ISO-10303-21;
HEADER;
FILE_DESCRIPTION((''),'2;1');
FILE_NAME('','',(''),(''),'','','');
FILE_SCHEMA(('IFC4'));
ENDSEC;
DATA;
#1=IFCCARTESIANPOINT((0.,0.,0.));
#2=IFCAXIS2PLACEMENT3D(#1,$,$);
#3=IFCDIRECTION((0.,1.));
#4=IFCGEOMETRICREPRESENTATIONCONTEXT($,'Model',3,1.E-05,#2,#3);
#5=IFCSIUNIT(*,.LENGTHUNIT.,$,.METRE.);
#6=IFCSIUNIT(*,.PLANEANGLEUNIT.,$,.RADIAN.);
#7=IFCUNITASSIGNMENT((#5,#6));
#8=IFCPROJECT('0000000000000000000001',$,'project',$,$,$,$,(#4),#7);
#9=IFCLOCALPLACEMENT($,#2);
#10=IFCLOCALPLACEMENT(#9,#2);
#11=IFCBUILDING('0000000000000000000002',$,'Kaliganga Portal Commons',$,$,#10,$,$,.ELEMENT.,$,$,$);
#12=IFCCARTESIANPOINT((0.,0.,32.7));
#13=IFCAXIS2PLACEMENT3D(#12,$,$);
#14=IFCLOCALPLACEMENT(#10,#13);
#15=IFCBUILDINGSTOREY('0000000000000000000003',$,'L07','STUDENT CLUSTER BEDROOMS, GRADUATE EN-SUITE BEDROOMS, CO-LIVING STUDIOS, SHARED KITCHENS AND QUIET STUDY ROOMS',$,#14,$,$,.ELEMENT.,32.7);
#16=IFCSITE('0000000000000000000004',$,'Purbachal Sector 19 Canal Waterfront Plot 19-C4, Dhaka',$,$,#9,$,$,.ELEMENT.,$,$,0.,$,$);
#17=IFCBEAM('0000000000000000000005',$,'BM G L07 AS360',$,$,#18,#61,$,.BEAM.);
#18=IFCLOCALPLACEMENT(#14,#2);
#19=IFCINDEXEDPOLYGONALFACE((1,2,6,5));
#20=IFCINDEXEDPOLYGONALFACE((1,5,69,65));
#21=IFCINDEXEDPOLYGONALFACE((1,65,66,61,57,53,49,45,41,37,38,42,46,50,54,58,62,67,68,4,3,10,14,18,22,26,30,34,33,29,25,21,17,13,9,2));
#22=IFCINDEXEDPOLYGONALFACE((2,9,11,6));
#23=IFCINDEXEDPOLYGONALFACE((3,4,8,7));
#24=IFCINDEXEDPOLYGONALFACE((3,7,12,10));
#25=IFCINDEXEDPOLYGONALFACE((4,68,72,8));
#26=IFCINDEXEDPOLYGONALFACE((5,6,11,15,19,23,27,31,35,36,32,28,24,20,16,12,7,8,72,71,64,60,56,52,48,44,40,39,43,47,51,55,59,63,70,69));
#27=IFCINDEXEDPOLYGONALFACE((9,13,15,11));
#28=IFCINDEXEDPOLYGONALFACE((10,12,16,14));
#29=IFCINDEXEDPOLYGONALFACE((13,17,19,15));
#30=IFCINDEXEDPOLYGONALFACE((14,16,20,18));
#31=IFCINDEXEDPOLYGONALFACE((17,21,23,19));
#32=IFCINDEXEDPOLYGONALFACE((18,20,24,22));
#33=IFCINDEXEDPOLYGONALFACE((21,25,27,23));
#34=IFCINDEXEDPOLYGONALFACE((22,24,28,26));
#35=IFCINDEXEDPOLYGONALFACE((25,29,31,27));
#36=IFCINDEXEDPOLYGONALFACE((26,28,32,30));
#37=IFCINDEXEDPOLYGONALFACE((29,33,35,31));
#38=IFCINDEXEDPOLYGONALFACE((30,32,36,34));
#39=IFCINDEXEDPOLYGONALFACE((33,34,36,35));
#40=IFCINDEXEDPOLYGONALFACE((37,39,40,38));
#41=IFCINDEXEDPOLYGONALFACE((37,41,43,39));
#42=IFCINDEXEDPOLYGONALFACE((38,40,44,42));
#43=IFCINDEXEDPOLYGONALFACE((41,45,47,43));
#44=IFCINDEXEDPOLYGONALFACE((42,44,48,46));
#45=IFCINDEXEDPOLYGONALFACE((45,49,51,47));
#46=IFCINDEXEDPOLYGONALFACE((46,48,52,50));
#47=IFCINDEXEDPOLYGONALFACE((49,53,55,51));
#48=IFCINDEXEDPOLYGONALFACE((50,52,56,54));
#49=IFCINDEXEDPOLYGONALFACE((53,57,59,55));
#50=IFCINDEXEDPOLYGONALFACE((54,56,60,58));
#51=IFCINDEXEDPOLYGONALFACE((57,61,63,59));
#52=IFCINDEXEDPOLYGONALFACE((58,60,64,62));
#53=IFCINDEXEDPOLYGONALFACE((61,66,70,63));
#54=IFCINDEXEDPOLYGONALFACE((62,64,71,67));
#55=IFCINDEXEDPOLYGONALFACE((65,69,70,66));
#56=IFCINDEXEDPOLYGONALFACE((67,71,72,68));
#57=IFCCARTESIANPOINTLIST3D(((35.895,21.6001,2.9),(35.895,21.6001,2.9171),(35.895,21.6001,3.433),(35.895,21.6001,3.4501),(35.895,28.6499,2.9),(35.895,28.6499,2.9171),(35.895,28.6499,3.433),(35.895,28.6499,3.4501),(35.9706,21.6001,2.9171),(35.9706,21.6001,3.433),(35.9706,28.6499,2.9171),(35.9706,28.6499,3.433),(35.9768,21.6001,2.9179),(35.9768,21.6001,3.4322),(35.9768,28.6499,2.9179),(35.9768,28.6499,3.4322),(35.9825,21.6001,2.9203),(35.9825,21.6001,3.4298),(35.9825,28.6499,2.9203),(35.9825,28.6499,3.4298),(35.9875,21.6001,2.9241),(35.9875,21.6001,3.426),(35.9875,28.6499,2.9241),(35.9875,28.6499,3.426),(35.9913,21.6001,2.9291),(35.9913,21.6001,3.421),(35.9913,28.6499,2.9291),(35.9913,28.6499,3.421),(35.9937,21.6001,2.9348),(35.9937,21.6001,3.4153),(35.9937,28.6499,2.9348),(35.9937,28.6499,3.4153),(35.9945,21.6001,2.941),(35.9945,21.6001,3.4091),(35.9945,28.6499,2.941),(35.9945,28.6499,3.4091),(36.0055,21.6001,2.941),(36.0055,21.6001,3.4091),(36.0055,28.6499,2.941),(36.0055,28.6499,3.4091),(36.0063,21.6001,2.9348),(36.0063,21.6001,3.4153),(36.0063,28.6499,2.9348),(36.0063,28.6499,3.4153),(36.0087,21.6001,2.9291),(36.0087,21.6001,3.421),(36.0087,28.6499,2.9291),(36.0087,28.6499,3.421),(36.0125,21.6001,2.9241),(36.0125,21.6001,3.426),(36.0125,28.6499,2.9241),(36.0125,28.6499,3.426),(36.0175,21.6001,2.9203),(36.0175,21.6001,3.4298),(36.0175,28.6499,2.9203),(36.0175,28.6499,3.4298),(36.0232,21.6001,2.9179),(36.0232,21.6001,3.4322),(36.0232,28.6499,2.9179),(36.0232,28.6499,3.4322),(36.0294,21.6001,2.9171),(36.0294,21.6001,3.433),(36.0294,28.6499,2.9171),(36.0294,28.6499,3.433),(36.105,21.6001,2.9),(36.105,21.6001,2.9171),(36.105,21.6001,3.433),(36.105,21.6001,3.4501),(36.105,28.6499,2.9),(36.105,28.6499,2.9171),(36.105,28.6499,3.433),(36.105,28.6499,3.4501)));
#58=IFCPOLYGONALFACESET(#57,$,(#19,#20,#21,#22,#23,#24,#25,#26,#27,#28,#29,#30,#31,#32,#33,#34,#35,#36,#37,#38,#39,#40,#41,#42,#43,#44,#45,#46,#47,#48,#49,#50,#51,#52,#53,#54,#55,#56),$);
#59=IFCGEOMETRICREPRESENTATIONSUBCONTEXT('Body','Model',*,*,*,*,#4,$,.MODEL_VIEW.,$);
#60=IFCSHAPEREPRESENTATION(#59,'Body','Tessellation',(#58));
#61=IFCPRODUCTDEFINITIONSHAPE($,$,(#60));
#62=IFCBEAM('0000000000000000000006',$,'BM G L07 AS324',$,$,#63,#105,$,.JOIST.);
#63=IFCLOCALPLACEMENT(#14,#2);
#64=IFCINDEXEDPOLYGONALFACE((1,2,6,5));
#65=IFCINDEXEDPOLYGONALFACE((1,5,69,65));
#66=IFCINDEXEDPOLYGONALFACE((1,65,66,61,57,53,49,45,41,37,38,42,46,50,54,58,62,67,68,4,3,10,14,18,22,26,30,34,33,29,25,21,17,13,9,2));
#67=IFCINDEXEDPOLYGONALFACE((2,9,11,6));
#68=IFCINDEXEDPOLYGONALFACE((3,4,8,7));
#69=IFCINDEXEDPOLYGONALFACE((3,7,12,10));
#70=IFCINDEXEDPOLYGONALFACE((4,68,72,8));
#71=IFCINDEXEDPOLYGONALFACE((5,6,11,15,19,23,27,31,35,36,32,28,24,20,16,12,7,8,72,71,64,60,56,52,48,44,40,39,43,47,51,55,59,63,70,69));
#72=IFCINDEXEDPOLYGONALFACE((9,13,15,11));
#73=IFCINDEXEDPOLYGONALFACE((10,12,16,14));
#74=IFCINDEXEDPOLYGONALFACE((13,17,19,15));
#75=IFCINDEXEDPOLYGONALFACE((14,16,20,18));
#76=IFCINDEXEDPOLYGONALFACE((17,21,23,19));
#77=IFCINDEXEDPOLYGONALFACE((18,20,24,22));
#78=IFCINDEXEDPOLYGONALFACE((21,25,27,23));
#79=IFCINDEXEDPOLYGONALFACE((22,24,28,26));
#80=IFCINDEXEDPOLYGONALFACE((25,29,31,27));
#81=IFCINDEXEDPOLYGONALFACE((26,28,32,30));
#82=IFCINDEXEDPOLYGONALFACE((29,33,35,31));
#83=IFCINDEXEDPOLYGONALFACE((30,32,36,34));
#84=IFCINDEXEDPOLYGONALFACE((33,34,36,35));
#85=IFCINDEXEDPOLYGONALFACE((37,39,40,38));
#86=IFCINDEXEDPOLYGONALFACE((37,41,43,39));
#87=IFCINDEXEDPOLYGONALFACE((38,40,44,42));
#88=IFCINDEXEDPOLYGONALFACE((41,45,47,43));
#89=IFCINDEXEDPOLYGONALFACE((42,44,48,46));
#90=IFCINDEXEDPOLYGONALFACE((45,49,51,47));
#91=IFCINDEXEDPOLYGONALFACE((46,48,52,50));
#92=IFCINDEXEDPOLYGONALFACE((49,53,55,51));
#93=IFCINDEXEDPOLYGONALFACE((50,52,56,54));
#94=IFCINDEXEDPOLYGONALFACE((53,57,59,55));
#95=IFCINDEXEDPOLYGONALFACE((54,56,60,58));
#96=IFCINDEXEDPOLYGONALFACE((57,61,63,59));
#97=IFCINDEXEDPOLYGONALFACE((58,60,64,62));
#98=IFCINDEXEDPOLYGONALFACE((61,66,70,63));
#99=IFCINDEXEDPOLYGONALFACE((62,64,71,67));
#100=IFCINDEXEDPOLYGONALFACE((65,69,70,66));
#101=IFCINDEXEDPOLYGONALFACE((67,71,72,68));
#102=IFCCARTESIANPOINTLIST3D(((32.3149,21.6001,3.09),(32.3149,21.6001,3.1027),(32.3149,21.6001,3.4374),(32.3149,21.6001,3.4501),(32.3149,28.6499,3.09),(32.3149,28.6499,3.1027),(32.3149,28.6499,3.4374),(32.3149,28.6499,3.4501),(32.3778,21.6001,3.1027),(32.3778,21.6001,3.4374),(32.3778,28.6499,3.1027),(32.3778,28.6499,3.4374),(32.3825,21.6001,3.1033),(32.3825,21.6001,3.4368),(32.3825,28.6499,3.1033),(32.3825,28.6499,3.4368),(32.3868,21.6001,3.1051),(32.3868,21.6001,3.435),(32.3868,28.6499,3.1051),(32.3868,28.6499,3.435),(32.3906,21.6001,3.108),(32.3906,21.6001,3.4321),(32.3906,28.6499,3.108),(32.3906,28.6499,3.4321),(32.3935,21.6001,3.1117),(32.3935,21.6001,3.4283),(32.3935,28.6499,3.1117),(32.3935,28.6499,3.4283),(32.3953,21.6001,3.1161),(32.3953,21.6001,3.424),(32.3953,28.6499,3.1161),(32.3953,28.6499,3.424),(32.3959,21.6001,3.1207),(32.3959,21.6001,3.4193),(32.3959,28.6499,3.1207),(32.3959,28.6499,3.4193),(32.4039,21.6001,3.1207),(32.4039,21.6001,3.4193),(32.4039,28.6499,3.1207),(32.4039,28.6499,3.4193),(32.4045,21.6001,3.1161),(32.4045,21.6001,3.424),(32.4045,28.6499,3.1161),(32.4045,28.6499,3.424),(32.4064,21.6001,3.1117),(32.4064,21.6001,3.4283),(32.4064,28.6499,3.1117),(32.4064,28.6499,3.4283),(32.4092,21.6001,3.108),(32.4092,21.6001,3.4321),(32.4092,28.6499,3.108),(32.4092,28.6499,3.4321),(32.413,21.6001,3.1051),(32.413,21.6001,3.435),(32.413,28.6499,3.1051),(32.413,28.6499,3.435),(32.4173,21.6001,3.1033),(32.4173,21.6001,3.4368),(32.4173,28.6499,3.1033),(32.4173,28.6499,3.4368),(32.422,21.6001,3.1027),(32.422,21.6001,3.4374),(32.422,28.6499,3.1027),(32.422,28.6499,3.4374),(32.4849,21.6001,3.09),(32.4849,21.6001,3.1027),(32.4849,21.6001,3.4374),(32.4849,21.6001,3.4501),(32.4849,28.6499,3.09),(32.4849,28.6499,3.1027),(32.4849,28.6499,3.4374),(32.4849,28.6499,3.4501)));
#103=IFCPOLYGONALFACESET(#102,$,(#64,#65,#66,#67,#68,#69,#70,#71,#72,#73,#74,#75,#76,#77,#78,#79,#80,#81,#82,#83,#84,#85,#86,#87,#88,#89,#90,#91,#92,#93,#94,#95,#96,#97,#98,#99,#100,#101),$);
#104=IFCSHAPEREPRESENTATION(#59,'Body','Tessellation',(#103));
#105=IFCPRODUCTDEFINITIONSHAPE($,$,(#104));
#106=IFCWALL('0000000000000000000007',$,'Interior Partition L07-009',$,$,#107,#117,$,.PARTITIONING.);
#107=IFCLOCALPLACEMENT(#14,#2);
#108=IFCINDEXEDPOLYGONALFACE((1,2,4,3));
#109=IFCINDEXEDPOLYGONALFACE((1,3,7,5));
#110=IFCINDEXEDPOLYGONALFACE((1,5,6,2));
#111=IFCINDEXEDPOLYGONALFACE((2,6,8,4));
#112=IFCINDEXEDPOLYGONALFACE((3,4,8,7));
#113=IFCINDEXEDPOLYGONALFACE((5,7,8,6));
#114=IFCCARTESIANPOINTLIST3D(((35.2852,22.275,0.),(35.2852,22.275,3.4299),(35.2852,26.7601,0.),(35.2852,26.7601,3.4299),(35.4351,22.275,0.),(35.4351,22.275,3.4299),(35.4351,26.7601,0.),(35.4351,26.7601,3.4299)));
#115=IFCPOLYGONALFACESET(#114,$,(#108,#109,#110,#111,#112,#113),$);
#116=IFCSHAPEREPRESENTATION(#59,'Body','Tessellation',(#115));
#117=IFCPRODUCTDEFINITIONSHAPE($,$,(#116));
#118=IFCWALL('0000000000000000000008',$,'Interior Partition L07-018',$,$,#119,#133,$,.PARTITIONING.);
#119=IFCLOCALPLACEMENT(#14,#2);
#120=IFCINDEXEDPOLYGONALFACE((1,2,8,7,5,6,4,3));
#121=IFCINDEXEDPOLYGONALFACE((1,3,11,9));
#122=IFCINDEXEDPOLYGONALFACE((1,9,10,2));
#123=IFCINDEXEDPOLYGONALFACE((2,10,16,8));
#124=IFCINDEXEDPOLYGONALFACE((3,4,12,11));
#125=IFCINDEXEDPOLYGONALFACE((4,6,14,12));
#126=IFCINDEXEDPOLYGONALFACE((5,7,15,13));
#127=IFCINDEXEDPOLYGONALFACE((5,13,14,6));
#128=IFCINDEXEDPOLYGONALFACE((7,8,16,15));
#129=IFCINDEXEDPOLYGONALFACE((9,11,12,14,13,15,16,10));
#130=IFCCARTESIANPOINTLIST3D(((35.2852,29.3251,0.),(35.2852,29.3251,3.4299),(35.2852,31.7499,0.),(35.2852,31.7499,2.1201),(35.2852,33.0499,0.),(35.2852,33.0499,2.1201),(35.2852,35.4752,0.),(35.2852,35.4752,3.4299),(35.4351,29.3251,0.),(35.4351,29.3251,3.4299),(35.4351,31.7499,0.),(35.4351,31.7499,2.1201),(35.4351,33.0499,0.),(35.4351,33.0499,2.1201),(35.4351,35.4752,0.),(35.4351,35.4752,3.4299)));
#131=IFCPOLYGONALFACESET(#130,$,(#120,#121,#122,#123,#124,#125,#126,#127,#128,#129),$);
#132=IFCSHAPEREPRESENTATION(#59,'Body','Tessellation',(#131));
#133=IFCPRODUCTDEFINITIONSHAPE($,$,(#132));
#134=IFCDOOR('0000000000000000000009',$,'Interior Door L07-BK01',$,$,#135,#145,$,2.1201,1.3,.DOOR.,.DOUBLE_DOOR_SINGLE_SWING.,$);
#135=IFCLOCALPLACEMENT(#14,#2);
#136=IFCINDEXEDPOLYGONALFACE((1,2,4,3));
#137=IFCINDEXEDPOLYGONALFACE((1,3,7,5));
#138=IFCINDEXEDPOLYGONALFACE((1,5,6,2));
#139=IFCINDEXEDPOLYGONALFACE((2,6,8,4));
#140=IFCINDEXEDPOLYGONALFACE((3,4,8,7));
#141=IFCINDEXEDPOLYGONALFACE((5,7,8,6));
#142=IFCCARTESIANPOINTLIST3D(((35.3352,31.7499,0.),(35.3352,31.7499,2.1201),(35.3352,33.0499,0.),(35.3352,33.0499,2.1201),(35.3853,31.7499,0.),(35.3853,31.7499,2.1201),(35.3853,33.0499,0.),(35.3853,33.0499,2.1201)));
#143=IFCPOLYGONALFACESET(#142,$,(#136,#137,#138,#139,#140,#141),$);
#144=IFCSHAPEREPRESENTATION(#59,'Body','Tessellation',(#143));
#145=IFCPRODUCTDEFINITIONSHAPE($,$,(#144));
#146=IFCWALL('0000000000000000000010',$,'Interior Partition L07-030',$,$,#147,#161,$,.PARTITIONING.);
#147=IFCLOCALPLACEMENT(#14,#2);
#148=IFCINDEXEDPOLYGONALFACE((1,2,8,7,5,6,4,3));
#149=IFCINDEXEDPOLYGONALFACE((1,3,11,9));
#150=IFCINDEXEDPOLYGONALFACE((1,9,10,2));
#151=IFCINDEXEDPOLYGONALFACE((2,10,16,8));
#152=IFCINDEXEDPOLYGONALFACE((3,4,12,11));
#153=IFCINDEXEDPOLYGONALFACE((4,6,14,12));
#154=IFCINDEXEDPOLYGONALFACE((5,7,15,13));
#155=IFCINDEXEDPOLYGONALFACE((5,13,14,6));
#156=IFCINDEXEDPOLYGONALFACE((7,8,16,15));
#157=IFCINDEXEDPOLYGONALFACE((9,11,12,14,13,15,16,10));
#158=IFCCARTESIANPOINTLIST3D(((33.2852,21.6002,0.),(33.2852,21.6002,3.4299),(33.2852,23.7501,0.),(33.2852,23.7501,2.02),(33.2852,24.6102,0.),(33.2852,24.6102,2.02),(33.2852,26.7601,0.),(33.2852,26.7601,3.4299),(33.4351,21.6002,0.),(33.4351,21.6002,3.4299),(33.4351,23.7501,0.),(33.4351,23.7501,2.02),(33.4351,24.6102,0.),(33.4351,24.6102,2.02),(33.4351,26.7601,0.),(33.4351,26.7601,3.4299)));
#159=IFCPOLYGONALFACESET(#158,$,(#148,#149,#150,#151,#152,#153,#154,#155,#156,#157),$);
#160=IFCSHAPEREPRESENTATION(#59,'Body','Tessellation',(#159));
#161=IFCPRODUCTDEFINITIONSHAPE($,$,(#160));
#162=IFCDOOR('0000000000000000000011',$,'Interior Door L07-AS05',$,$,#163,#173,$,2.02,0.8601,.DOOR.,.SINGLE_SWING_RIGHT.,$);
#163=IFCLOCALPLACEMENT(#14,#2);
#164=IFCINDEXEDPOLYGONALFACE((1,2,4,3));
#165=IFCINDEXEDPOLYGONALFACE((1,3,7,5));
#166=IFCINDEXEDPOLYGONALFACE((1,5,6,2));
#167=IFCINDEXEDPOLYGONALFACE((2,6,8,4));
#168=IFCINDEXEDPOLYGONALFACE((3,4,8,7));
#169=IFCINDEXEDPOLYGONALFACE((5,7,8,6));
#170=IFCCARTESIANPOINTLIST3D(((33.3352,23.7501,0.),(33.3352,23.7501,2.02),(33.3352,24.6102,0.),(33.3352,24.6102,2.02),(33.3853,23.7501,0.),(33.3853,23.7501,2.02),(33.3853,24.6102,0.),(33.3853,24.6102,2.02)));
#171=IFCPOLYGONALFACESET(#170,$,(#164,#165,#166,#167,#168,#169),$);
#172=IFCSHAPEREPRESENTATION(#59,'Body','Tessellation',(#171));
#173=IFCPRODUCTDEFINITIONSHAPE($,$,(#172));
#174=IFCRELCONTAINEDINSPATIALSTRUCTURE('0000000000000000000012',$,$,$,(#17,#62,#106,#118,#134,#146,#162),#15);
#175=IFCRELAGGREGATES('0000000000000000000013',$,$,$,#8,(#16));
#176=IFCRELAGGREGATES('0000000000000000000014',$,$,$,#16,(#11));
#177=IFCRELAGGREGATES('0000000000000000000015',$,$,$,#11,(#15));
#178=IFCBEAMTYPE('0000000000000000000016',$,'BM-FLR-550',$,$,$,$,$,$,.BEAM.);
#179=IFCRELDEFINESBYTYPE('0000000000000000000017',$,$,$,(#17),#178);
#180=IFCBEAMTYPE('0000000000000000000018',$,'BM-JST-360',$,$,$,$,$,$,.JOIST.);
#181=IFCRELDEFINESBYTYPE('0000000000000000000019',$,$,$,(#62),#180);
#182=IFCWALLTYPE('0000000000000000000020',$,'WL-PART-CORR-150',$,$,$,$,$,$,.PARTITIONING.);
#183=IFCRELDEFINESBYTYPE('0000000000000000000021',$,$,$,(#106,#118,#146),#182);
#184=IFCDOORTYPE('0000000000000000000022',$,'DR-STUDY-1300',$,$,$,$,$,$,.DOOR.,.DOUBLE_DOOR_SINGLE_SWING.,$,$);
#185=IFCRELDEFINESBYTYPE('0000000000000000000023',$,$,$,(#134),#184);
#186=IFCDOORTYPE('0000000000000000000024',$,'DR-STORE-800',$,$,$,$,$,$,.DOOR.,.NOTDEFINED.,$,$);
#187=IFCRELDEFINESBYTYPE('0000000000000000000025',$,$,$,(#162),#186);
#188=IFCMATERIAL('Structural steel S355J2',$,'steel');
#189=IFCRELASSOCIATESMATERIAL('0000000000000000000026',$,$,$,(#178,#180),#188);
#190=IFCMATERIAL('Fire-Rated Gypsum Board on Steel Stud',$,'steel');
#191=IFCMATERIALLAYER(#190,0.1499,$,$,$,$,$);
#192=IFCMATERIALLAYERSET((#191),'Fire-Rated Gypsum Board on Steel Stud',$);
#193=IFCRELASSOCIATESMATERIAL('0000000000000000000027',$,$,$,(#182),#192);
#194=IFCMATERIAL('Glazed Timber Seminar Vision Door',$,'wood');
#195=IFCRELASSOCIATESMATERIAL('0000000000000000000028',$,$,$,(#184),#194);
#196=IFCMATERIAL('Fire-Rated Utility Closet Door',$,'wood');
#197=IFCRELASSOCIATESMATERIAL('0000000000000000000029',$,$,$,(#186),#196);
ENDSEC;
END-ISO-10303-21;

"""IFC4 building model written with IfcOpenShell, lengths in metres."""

from ifc_helpers import new_model, si_unit, direction, frame, frame_2d, origin, origin_2d, place, context, subcontext, project, spatial, rectangle, i_section, extrude, source, transform, mapped, material, layer, layer_set, material_profile, profile_set, type_object, element, fill, save


model = new_model("IFC4")

# Units and contexts
model_context = context("Model", 3, precision=1e-05, world=origin(), true_north=direction((0.0, 1.0)))
body_context = subcontext(model_context, "Body", "Model", "MODEL_VIEW")
ifc_project = project(units=[si_unit("LENGTHUNIT", "METRE"), si_unit("PLANEANGLEUNIT", "RADIAN")], contexts=[model_context])

# Site, building, storey
site_placement = place(None, origin())
site = spatial("IfcSite", under=ifc_project, at=site_placement, Name="Purbachal Sector 19 Canal Waterfront Plot 19-C4, Dhaka", CompositionType="ELEMENT", RefElevation=0.0)
building_placement = place(site_placement, origin())
building = spatial("IfcBuilding", under=site, at=building_placement, Name="Kaliganga Portal Commons", CompositionType="ELEMENT")
storey_placement = place(building_placement, frame((0.0, 0.0, 32.7)))
storey = spatial("IfcBuildingStorey", under=building, at=storey_placement, Name="L07", Description="STUDENT CLUSTER BEDROOMS, GRADUATE EN-SUITE BEDROOMS, CO-LIVING STUDIOS, SHARED KITCHENS AND QUIET STUDY ROOMS", CompositionType="ELEMENT", Elevation=32.7)

# Beams
ifc_material_1 = material(Name="Structural steel S355J2", Category="steel")
ifc_material_profile_1 = material_profile(ifc_material_1, i_section(OverallWidth=0.21, OverallDepth=0.55, WebThickness=0.011, FlangeThickness=0.0171, FilletRadius=0.0239, at=origin_2d()), Name="IPE 550")
ifc_profile_set_1 = profile_set([ifc_material_profile_1], Name="Structural steel S355J2 wide-flange")
beam_type_1 = type_object("IfcBeamType", Name="BM-FLR-550", PredefinedType="BEAM", material=ifc_profile_set_1)
shared_shape_1 = source(origin(), body_context, "Body", "SweptSolid", [
    extrude(i_section(OverallWidth=0.21, OverallDepth=0.55, WebThickness=0.011, FlangeThickness=0.0171, FilletRadius=0.0239, at=origin_2d()), origin(), (0.0, 0.0, 1.0), 7.0498),
])
beam_1_placement = place(storey_placement, frame((36.0, 21.6001, 3.175), z_axis=(0.0, 1.0, 0.0), x_axis=(-1.0, 0.0, 0.0)))
element("IfcBeam", 1, at=beam_1_placement, inside=storey, type_object=beam_type_1, Name="BM G L07 AS360", PredefinedType="BEAM", context=body_context, shape_type="MappedRepresentation", body=[
    mapped(shared_shape_1, transform((0.0, 0.0, 0.0), x_axis=(1.0, 0.0, 0.0), y_axis=(0.0, 1.0, 0.0), z_axis=(0.0, 0.0, 1.0), scale=1.0)),
])
ifc_material_profile_2 = material_profile(ifc_material_1, i_section(OverallWidth=0.1699, OverallDepth=0.3601, WebThickness=0.0081, FlangeThickness=0.0127, FilletRadius=0.0181, at=origin_2d()), Name="IPE 360")
ifc_profile_set_2 = profile_set([ifc_material_profile_2], Name="Structural steel S355J2 wide-flange")
beam_type_2 = type_object("IfcBeamType", Name="BM-JST-360", PredefinedType="JOIST", material=ifc_profile_set_2)
shared_shape_2 = source(origin(), body_context, "Body", "SweptSolid", [
    extrude(i_section(OverallWidth=0.1699, OverallDepth=0.3601, WebThickness=0.0081, FlangeThickness=0.0127, FilletRadius=0.0181, at=origin_2d()), origin(), (0.0, 0.0, 1.0), 7.0498),
])
beam_2_placement = place(storey_placement, frame((32.3999, 21.6001, 3.27), z_axis=(0.0, 1.0, 0.0), x_axis=(-1.0, 0.0, 0.0)))
element("IfcBeam", 2, at=beam_2_placement, inside=storey, type_object=beam_type_2, Name="BM G L07 AS324", PredefinedType="JOIST", context=body_context, shape_type="MappedRepresentation", body=[
    mapped(shared_shape_2, transform((0.0, 0.0, 0.0), x_axis=(1.0, 0.0, 0.0), y_axis=(0.0, 1.0, 0.0), z_axis=(0.0, 0.0, 1.0), scale=1.0)),
])

# Wall
ifc_material_2 = material(Name="Fire-Rated Gypsum Board on Steel Stud", Category="steel")
ifc_layer_1 = layer(ifc_material_2, 0.1499)
ifc_layer_set_1 = layer_set([ifc_layer_1], Name="Fire-Rated Gypsum Board on Steel Stud")
wall_type_1 = type_object("IfcWallType", Name="WL-PART-CORR-150", PredefinedType="PARTITIONING", material=ifc_layer_set_1)
wall_1_placement = place(storey_placement, frame((35.3601, 22.2749, 0.0), z_axis=(0.0, 0.0, 1.0), x_axis=(0.0, 1.0, 0.0)))
element("IfcWall", 3, at=wall_1_placement, inside=storey, type_object=wall_type_1, Name="Interior Partition L07-009", PredefinedType="PARTITIONING", context=body_context, shape_type="SweptSolid", body=[
    extrude(rectangle(XDim=4.4851, YDim=0.1499, at=frame_2d((2.2427, 0.0))), origin(), (0.0, 0.0, 1.0), 3.4299),
])

# Walls, openings, doors
wall_2_placement = place(storey_placement, frame((35.3601, 29.325, 0.0), z_axis=(0.0, 0.0, 1.0), x_axis=(0.0, 1.0, 0.0)))
wall_2 = element("IfcWall", 4, at=wall_2_placement, inside=storey, type_object=wall_type_1, Name="Interior Partition L07-018", PredefinedType="PARTITIONING", context=body_context, shape_type="SweptSolid", body=[
    extrude(rectangle(XDim=6.1501, YDim=0.1499, at=frame_2d((3.0752, 0.0))), origin(), (0.0, 0.0, 1.0), 3.4299),
])
opening_1_placement = place(wall_2_placement, frame((2.425, 0.0, 0.0)))
opening_1 = element("IfcOpeningElement", 5, at=opening_1_placement, cuts=wall_2, PredefinedType="OPENING", context=body_context, shape_type="SweptSolid", body=[
    extrude(rectangle(XDim=1.3, YDim=2.1201, at=frame_2d((0.6499, 1.0601))), frame((0.0, 0.085, 0.0), z_axis=(0.0, -1.0, 0.0), x_axis=(1.0, 0.0, 0.0)), (0.0, 0.0, 1.0), 0.1699),
])
ifc_material_3 = material(Name="Glazed Timber Seminar Vision Door", Category="wood")
door_type_1 = type_object("IfcDoorType", Name="DR-STUDY-1300", OperationType="DOUBLE_DOOR_SINGLE_SWING", PredefinedType="DOOR", material=ifc_material_3)
door_1_placement = place(opening_1_placement, origin())
door_1 = element("IfcDoor", 6, at=door_1_placement, inside=storey, type_object=door_type_1, Name="Interior Door L07-BK01", OperationType="DOUBLE_DOOR_SINGLE_SWING", OverallHeight=2.1201, OverallWidth=1.3, PredefinedType="DOOR", context=body_context, shape_type="SweptSolid", body=[
    extrude(rectangle(XDim=1.3, YDim=2.1201, at=frame_2d((0.6499, 1.0601))), frame((0.0, 0.0249, 0.0), z_axis=(0.0, -1.0, 0.0), x_axis=(1.0, 0.0, 0.0)), (0.0, 0.0, 1.0), 0.05),
])
fill(opening_1, door_1)
wall_3_placement = place(storey_placement, frame((33.3601, 21.6001, 0.0), z_axis=(0.0, 0.0, 1.0), x_axis=(0.0, 1.0, 0.0)))
wall_3 = element("IfcWall", 7, at=wall_3_placement, inside=storey, type_object=wall_type_1, Name="Interior Partition L07-030", PredefinedType="PARTITIONING", context=body_context, shape_type="SweptSolid", body=[
    extrude(rectangle(XDim=5.1599, YDim=0.1499, at=frame_2d((2.5801, 0.0))), origin(), (0.0, 0.0, 1.0), 3.4299),
])
opening_2_placement = place(wall_3_placement, frame((2.1499, 0.0, 0.0)))
opening_2 = element("IfcOpeningElement", 8, at=opening_2_placement, cuts=wall_3, PredefinedType="OPENING", context=body_context, shape_type="SweptSolid", body=[
    extrude(rectangle(XDim=0.8601, YDim=2.02, at=frame_2d((0.4302, 1.01))), frame((0.0, 0.085, 0.0), z_axis=(0.0, -1.0, 0.0), x_axis=(1.0, 0.0, 0.0)), (0.0, 0.0, 1.0), 0.1699),
])
ifc_material_4 = material(Name="Fire-Rated Utility Closet Door", Category="wood")
door_type_2 = type_object("IfcDoorType", Name="DR-STORE-800", OperationType="NOTDEFINED", PredefinedType="DOOR", material=ifc_material_4)
door_2_placement = place(opening_2_placement, origin())
door_2 = element("IfcDoor", 9, at=door_2_placement, inside=storey, type_object=door_type_2, Name="Interior Door L07-AS05", OperationType="SINGLE_SWING_RIGHT", OverallHeight=2.02, OverallWidth=0.8601, PredefinedType="DOOR", context=body_context, shape_type="SweptSolid", body=[
    extrude(rectangle(XDim=0.8601, YDim=2.02, at=frame_2d((0.4302, 1.01))), frame((0.0, 0.0249, 0.0), z_axis=(0.0, -1.0, 0.0), x_axis=(1.0, 0.0, 0.0)), (0.0, 0.0, 1.0), 0.05),
])
fill(opening_2, door_2)

save(model, "model.ifc")
